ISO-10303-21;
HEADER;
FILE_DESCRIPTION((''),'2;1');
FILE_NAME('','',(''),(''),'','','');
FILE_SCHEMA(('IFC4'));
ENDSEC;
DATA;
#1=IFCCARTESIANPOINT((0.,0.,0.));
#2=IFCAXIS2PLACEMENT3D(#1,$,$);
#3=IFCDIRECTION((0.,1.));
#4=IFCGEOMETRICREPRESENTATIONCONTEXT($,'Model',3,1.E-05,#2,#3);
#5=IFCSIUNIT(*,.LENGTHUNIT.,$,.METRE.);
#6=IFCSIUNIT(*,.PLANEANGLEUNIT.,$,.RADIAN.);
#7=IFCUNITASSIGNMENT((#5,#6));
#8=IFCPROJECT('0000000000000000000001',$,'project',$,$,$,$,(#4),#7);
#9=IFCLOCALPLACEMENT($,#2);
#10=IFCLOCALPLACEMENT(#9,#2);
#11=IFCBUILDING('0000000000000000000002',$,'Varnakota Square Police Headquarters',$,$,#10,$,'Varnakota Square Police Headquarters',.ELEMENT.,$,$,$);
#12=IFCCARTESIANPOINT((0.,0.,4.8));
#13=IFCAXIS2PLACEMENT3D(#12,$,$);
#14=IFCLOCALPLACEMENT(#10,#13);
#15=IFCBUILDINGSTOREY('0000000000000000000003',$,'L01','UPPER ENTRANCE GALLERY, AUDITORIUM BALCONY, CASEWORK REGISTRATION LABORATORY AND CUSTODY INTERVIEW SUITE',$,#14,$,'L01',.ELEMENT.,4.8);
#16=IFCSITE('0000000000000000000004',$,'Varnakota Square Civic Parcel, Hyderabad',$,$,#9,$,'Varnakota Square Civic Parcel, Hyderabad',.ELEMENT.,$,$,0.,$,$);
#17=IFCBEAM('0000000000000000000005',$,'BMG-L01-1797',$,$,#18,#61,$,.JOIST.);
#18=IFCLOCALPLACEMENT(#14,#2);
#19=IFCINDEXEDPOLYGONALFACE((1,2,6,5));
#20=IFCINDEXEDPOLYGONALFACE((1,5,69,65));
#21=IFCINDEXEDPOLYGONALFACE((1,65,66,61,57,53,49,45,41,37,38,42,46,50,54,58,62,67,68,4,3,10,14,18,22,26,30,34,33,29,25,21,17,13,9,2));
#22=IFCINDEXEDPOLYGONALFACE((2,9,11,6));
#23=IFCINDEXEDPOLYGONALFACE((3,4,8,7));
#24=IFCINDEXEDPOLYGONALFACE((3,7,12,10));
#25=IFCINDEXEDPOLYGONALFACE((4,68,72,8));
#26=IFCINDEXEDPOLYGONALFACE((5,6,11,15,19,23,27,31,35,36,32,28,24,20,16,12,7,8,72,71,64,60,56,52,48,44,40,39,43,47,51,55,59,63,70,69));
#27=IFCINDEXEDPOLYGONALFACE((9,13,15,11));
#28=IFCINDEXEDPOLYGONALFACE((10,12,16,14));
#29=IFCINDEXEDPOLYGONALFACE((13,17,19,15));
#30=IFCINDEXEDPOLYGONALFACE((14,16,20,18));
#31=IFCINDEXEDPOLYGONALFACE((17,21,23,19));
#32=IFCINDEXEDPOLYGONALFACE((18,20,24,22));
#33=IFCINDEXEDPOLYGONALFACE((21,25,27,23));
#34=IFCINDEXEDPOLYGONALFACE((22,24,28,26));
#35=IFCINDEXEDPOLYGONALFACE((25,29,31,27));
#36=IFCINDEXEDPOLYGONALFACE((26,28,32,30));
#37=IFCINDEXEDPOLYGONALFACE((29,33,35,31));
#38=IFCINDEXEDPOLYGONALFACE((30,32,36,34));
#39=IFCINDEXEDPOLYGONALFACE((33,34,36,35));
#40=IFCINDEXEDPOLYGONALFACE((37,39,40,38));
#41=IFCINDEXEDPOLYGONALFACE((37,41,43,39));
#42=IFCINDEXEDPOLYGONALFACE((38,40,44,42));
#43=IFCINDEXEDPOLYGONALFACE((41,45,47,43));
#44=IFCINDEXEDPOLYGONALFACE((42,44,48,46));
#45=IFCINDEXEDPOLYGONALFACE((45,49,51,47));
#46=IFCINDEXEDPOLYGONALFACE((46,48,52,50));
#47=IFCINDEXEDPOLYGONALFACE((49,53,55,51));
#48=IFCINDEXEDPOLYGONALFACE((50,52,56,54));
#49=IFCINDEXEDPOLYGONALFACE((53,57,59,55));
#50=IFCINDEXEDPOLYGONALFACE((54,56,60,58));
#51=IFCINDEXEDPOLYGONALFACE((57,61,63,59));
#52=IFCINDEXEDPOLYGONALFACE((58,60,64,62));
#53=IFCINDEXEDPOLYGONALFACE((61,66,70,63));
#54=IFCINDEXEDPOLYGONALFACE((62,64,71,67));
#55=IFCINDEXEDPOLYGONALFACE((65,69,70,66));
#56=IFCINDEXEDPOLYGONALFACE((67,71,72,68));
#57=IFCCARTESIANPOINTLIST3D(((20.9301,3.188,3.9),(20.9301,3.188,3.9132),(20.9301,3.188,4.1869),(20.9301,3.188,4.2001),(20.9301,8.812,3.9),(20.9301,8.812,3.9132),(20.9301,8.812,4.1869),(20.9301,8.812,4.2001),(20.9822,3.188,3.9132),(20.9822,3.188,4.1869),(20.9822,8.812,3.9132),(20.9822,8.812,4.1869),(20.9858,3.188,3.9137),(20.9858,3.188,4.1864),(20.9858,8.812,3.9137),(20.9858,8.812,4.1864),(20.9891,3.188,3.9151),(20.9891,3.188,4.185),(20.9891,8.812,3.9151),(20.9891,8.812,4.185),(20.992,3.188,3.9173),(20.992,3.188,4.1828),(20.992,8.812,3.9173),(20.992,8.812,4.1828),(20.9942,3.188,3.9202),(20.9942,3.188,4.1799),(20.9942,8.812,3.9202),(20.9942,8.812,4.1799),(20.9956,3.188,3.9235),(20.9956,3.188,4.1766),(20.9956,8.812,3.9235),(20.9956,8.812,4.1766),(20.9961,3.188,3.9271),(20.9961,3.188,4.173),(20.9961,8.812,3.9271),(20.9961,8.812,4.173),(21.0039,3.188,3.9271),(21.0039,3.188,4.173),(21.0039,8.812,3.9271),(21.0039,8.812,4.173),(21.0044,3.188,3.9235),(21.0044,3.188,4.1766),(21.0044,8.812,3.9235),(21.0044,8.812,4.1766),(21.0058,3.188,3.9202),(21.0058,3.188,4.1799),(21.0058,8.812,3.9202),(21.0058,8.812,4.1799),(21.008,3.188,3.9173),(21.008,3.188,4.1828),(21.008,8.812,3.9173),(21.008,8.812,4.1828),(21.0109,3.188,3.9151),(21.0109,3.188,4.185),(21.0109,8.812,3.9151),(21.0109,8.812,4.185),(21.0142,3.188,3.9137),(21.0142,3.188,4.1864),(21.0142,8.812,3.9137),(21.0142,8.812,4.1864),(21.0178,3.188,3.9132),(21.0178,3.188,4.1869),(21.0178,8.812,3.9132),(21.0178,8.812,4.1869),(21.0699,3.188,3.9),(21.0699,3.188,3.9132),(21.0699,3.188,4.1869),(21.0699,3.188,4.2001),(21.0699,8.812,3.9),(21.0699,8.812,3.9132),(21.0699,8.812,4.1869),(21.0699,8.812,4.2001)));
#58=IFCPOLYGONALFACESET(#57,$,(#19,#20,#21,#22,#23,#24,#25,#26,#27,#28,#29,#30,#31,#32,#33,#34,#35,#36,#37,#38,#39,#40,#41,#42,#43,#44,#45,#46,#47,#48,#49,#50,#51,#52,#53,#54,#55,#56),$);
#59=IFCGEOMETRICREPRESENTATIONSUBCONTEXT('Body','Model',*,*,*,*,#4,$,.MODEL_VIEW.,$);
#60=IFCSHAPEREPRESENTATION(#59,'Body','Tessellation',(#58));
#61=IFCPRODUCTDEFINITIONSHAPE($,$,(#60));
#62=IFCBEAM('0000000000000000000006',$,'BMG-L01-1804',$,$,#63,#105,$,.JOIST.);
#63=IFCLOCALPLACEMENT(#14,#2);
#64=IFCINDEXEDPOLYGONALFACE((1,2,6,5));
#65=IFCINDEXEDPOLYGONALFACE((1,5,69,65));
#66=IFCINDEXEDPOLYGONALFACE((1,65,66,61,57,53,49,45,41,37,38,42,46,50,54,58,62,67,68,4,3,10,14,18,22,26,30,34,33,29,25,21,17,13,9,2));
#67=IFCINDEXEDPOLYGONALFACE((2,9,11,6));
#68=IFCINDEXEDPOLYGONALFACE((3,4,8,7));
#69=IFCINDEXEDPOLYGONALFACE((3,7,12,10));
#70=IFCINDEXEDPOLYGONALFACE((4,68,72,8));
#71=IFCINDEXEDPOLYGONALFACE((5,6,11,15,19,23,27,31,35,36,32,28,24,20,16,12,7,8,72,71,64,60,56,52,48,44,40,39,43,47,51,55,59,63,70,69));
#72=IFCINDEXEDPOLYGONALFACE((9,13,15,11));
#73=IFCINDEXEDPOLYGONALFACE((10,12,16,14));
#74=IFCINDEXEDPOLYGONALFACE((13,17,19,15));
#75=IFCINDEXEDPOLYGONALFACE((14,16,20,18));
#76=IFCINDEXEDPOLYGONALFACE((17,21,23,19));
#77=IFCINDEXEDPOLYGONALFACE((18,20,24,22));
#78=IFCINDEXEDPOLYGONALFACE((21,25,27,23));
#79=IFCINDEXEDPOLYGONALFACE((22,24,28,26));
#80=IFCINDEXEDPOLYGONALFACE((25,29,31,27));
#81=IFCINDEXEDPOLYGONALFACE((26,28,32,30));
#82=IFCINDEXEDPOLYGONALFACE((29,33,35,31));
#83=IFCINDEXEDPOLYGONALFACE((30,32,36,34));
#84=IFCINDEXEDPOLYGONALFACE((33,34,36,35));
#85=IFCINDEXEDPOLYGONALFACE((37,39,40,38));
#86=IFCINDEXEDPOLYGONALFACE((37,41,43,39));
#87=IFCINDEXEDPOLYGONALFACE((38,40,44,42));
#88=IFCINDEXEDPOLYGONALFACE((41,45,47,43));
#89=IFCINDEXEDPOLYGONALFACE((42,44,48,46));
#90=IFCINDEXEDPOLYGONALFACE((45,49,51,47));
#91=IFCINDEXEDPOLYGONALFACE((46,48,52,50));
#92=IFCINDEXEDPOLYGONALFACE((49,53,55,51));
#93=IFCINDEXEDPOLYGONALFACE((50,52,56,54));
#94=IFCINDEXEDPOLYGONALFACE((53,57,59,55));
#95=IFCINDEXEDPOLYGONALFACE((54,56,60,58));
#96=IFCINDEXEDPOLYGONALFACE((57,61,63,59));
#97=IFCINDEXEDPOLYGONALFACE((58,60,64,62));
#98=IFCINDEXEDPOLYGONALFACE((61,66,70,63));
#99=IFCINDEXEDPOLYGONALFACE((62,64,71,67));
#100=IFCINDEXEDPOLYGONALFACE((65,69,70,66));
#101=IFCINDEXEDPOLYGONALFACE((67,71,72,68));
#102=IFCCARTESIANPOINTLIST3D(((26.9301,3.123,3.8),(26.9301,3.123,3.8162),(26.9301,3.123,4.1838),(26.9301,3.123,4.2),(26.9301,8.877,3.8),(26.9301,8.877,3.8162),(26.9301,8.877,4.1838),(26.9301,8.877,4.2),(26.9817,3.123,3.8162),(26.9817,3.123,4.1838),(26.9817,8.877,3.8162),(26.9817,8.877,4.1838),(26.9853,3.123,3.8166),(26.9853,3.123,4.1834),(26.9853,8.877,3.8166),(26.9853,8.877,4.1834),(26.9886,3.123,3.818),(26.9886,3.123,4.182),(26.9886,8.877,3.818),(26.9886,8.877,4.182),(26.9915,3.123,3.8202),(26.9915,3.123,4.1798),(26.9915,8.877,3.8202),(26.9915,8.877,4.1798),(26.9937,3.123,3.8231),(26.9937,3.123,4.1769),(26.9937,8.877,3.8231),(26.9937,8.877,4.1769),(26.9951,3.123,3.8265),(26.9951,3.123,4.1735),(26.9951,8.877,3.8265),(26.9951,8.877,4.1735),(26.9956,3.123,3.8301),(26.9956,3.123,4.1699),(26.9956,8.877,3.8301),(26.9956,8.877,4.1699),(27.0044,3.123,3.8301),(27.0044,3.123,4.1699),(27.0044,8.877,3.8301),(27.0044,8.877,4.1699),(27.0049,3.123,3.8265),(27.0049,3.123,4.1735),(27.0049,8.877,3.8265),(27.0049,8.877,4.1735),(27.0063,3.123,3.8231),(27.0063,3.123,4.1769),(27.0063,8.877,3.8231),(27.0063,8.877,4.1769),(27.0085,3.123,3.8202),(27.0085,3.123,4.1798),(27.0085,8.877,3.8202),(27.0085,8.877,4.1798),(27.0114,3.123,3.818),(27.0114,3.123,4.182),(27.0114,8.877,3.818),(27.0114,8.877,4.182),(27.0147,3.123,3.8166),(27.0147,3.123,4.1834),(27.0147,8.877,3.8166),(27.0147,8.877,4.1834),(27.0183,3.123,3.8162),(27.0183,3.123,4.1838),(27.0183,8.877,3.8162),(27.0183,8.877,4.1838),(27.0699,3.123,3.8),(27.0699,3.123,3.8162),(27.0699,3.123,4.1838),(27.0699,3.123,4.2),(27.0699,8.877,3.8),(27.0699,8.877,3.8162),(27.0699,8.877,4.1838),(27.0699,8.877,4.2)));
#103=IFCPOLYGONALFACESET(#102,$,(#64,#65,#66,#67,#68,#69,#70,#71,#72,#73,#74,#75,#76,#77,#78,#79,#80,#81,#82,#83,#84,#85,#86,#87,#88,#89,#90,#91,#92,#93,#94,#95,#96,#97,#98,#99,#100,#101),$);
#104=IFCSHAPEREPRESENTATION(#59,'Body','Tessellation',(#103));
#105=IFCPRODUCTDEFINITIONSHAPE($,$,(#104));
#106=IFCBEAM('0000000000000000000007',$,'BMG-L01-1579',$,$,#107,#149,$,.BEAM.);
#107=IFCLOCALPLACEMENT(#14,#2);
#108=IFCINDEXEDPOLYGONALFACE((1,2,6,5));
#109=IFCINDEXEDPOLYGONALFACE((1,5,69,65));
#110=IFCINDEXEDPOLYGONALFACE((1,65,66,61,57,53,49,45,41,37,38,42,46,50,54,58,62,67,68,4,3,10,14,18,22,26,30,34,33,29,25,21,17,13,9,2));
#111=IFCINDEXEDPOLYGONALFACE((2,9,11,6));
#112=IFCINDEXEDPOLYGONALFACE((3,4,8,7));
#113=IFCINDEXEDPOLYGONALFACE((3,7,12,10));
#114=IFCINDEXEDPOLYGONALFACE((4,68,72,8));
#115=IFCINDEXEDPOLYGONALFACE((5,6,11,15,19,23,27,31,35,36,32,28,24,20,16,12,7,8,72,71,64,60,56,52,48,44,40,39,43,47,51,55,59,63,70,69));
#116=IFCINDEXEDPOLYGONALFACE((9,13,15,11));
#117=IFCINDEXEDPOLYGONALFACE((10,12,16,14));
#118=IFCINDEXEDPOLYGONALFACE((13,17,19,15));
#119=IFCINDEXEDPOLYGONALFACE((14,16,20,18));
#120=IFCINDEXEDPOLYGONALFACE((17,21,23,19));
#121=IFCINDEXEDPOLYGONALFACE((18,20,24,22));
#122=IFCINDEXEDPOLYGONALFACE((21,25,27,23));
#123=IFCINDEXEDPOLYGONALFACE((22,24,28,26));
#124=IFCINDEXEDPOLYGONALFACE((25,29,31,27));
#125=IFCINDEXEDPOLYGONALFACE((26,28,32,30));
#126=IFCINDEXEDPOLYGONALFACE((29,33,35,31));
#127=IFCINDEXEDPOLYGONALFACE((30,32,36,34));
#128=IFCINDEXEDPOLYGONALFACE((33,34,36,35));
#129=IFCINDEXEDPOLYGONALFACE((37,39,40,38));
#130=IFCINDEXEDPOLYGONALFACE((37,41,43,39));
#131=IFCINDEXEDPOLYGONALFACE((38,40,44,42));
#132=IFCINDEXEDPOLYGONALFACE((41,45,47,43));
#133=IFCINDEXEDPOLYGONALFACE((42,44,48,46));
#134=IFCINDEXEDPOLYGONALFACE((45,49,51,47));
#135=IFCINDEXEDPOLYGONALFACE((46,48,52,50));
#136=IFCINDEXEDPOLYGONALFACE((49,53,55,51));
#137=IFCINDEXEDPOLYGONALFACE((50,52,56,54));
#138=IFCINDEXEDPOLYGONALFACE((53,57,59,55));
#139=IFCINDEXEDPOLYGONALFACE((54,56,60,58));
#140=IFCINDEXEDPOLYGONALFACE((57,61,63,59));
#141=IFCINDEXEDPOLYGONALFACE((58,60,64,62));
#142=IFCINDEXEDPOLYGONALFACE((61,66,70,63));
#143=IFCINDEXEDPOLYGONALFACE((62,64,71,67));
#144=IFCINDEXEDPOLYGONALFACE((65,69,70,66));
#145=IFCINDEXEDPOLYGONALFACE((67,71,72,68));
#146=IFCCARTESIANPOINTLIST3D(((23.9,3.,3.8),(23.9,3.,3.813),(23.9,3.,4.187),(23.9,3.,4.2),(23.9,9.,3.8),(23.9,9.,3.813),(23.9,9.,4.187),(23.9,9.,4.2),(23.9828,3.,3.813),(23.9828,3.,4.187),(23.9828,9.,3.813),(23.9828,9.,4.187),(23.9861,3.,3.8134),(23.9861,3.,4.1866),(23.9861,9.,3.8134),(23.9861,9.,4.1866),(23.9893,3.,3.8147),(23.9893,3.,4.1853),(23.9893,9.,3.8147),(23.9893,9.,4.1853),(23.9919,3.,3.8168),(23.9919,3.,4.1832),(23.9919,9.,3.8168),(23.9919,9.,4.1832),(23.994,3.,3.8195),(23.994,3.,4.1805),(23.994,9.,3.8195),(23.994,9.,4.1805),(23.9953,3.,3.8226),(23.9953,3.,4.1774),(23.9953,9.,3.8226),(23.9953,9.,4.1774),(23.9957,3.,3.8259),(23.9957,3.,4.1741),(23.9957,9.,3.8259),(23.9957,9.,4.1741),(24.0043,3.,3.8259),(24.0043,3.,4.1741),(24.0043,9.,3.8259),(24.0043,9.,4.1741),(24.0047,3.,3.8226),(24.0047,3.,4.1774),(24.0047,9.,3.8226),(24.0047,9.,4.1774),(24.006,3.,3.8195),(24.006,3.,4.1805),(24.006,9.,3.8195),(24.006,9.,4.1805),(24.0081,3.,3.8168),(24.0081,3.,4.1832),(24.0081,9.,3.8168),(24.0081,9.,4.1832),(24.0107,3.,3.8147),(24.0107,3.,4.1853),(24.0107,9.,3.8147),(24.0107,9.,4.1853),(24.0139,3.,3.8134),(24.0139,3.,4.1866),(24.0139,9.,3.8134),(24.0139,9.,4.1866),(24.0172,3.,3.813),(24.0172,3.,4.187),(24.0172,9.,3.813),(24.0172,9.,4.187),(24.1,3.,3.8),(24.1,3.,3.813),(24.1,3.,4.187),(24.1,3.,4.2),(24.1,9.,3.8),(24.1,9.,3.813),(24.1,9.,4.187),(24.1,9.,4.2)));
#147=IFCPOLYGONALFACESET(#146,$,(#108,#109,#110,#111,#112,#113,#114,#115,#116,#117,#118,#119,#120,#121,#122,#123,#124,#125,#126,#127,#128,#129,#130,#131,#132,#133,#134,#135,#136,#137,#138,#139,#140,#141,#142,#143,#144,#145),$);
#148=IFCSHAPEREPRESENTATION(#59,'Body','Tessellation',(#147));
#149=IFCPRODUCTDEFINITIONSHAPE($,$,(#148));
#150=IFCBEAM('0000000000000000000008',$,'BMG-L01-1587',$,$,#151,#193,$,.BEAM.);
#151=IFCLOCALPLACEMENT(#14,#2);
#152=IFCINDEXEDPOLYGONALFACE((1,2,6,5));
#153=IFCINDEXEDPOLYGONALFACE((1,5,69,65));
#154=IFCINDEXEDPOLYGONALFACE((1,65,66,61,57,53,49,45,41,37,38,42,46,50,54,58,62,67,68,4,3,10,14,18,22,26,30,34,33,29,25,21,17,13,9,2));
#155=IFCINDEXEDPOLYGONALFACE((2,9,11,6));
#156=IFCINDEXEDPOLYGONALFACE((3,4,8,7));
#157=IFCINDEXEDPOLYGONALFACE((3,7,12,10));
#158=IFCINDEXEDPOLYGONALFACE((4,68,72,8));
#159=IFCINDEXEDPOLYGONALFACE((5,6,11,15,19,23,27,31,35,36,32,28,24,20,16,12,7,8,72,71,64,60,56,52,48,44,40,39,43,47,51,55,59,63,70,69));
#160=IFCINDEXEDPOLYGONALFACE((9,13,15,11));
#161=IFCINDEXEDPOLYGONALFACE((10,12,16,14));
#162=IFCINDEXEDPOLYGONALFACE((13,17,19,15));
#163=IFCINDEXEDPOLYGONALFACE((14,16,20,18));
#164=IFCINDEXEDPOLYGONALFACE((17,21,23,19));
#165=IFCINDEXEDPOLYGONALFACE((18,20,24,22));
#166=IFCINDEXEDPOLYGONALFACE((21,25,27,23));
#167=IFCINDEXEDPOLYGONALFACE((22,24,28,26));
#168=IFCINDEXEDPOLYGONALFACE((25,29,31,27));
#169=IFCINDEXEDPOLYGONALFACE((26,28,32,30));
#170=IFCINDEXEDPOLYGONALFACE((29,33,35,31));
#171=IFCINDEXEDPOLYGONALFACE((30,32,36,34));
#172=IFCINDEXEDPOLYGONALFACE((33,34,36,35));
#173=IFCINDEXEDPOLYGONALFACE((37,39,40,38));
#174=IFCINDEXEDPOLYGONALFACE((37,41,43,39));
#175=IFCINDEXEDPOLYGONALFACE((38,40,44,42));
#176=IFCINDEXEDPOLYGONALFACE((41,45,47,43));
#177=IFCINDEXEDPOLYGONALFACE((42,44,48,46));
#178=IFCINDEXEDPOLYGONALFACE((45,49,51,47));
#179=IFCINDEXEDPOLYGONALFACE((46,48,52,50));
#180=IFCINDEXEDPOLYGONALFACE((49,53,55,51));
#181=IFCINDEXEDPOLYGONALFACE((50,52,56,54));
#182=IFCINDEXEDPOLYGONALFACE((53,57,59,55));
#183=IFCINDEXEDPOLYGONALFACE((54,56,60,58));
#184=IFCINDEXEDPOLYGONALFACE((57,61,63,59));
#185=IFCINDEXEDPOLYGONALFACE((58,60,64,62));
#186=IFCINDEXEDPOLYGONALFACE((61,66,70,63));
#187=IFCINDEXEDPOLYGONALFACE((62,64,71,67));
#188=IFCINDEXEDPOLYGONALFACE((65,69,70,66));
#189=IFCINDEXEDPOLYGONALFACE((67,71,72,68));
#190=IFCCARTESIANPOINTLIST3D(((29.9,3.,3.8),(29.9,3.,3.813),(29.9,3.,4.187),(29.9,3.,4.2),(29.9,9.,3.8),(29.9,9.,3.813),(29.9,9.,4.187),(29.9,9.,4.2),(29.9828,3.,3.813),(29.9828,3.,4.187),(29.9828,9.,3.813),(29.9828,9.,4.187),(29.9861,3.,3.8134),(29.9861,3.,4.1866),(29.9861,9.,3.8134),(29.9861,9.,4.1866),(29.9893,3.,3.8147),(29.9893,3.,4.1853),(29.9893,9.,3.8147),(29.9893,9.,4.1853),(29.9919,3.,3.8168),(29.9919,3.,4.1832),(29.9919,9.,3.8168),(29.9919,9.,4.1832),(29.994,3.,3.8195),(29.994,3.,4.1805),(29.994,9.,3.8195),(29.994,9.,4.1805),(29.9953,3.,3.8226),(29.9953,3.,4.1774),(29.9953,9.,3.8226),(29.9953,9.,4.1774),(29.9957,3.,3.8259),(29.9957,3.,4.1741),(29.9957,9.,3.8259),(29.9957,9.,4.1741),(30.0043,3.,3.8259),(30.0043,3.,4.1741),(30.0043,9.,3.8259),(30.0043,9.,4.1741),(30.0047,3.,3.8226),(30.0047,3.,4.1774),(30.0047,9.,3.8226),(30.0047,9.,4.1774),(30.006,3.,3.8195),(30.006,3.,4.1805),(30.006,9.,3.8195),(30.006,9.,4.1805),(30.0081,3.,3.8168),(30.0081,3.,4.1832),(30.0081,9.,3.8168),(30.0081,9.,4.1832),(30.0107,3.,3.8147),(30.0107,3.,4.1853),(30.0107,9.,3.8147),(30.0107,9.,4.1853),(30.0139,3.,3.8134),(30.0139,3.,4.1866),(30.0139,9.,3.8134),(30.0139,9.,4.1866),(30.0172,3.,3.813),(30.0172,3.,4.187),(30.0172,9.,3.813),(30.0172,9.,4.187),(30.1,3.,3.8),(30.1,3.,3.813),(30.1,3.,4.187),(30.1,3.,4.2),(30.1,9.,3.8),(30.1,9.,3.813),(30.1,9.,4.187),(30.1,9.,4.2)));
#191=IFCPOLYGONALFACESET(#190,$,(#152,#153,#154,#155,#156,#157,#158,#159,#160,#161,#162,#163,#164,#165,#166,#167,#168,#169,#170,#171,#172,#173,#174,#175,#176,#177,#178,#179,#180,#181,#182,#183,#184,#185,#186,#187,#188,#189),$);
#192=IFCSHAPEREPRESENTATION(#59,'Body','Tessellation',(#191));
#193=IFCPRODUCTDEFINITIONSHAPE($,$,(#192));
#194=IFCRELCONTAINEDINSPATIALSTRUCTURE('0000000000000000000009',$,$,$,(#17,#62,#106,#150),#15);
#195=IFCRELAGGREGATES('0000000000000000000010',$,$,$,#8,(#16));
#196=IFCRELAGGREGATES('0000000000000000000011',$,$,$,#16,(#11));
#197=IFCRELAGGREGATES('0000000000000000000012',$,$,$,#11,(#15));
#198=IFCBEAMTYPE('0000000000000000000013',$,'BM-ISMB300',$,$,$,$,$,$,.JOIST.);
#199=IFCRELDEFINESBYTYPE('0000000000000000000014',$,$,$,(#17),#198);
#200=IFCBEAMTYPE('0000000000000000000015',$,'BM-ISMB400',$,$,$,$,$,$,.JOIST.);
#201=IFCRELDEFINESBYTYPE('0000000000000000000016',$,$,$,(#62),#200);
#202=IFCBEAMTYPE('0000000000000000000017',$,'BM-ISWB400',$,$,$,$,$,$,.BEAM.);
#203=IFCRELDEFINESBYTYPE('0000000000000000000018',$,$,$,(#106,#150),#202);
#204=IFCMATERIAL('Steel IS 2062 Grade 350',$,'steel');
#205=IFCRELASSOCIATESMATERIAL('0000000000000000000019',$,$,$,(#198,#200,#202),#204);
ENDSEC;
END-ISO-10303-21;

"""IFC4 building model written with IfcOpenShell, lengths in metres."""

from ifc_helpers import new_model, si_unit, direction, frame, origin, origin_2d, place, context, subcontext, project, spatial, i_section, extrude, material, material_profile, profile_set, type_object, element, save


model = new_model("IFC4")

# Units and contexts
model_context = context("Model", 3, precision=1e-05, world=origin(), true_north=direction((0.0, 1.0)))
body_context = subcontext(model_context, "Body", "Model", "MODEL_VIEW")
ifc_project = project(units=[si_unit("LENGTHUNIT", "METRE"), si_unit("PLANEANGLEUNIT", "RADIAN")], contexts=[model_context])

# Site, building, storey
site_placement = place(None, origin())
site = spatial("IfcSite", under=ifc_project, at=site_placement, Name="Varnakota Square Civic Parcel, Hyderabad", LongName="Varnakota Square Civic Parcel, Hyderabad", CompositionType="ELEMENT", RefElevation=0.0)
building_placement = place(site_placement, origin())
building = spatial("IfcBuilding", under=site, at=building_placement, Name="Varnakota Square Police Headquarters", LongName="Varnakota Square Police Headquarters", CompositionType="ELEMENT")
storey_placement = place(building_placement, frame((0.0, 0.0, 4.8)))
storey = spatial("IfcBuildingStorey", under=building, at=storey_placement, Name="L01", Description="UPPER ENTRANCE GALLERY, AUDITORIUM BALCONY, CASEWORK REGISTRATION LABORATORY AND CUSTODY INTERVIEW SUITE", LongName="L01", CompositionType="ELEMENT", Elevation=4.8)

# Shared definitions
ifc_material_1 = material(Name="Steel IS 2062 Grade 350", Category="steel")

# Beams
ifc_material_profile_1 = material_profile(ifc_material_1, i_section(OverallWidth=0.1399, OverallDepth=0.3, WebThickness=0.0078, FlangeThickness=0.0132, FilletRadius=0.0139, at=origin_2d()), Name="ISMB 300")
ifc_profile_set_1 = profile_set([ifc_material_profile_1], Name="Steel IS 2062 Grade 350")
beam_type_1 = type_object("IfcBeamType", Name="BM-ISMB300", PredefinedType="JOIST", material=ifc_profile_set_1)
beam_1_placement = place(storey_placement, frame((21.0, 3.188, 4.05), z_axis=(0.0, 1.0, 0.0), x_axis=(-1.0, 0.0, 0.0)))
element("IfcBeam", 1, at=beam_1_placement, inside=storey, type_object=beam_type_1, Name="BMG-L01-1797", PredefinedType="JOIST", context=body_context, shape_type="SweptSolid", body=[
    extrude(i_section(OverallWidth=0.1399, OverallDepth=0.3, WebThickness=0.0078, FlangeThickness=0.0132, FilletRadius=0.0139, at=origin_2d()), origin(), (0.0, 0.0, 1.0), 5.624),
])
ifc_material_profile_2 = material_profile(ifc_material_1, i_section(OverallWidth=0.1399, OverallDepth=0.3999, WebThickness=0.0088, FlangeThickness=0.0161, FilletRadius=0.0139, at=origin_2d()), Name="ISMB 400")
ifc_profile_set_2 = profile_set([ifc_material_profile_2], Name="Steel IS 2062 Grade 350")
beam_type_2 = type_object("IfcBeamType", Name="BM-ISMB400", PredefinedType="JOIST", material=ifc_profile_set_2)
beam_2_placement = place(storey_placement, frame((27.0, 3.123, 4.0), z_axis=(0.0, 1.0, 0.0), x_axis=(-1.0, 0.0, 0.0)))
element("IfcBeam", 2, at=beam_2_placement, inside=storey, type_object=beam_type_2, Name="BMG-L01-1804", PredefinedType="JOIST", context=body_context, shape_type="SweptSolid", body=[
    extrude(i_section(OverallWidth=0.1399, OverallDepth=0.3999, WebThickness=0.0088, FlangeThickness=0.0161, FilletRadius=0.0139, at=origin_2d()), origin(), (0.0, 0.0, 1.0), 5.7539),
])
ifc_material_profile_3 = material_profile(ifc_material_1, i_section(OverallWidth=0.2, OverallDepth=0.3999, WebThickness=0.0085, FlangeThickness=0.0129, FilletRadius=0.0129, at=origin_2d()), Name="ISWB 400")
ifc_profile_set_3 = profile_set([ifc_material_profile_3], Name="Steel IS 2062 Grade 350")
beam_type_3 = type_object("IfcBeamType", Name="BM-ISWB400", PredefinedType="BEAM", material=ifc_profile_set_3)
for number, where, z_axis, x_axis, name in (
    (3, (24.0, 3.0, 4.0), (0.0, 1.0, 0.0), (-1.0, 0.0, 0.0), "BMG-L01-1579"),
    (4, (30.0, 3.0, 4.0), (0.0, 1.0, 0.0), (-1.0, 0.0, 0.0), "BMG-L01-1587"),
):
    element("IfcBeam", number, at=place(storey_placement, frame(where, z_axis=z_axis, x_axis=x_axis)), inside=storey, type_object=beam_type_3, Name=name, PredefinedType="BEAM", context=body_context, shape_type="SweptSolid", body=[
        extrude(i_section(OverallWidth=0.2, OverallDepth=0.3999, WebThickness=0.0085, FlangeThickness=0.0129, FilletRadius=0.0129, at=origin_2d()), origin(), (0.0, 0.0, 1.0), 6.0),
    ])

save(model, "model.ifc")
